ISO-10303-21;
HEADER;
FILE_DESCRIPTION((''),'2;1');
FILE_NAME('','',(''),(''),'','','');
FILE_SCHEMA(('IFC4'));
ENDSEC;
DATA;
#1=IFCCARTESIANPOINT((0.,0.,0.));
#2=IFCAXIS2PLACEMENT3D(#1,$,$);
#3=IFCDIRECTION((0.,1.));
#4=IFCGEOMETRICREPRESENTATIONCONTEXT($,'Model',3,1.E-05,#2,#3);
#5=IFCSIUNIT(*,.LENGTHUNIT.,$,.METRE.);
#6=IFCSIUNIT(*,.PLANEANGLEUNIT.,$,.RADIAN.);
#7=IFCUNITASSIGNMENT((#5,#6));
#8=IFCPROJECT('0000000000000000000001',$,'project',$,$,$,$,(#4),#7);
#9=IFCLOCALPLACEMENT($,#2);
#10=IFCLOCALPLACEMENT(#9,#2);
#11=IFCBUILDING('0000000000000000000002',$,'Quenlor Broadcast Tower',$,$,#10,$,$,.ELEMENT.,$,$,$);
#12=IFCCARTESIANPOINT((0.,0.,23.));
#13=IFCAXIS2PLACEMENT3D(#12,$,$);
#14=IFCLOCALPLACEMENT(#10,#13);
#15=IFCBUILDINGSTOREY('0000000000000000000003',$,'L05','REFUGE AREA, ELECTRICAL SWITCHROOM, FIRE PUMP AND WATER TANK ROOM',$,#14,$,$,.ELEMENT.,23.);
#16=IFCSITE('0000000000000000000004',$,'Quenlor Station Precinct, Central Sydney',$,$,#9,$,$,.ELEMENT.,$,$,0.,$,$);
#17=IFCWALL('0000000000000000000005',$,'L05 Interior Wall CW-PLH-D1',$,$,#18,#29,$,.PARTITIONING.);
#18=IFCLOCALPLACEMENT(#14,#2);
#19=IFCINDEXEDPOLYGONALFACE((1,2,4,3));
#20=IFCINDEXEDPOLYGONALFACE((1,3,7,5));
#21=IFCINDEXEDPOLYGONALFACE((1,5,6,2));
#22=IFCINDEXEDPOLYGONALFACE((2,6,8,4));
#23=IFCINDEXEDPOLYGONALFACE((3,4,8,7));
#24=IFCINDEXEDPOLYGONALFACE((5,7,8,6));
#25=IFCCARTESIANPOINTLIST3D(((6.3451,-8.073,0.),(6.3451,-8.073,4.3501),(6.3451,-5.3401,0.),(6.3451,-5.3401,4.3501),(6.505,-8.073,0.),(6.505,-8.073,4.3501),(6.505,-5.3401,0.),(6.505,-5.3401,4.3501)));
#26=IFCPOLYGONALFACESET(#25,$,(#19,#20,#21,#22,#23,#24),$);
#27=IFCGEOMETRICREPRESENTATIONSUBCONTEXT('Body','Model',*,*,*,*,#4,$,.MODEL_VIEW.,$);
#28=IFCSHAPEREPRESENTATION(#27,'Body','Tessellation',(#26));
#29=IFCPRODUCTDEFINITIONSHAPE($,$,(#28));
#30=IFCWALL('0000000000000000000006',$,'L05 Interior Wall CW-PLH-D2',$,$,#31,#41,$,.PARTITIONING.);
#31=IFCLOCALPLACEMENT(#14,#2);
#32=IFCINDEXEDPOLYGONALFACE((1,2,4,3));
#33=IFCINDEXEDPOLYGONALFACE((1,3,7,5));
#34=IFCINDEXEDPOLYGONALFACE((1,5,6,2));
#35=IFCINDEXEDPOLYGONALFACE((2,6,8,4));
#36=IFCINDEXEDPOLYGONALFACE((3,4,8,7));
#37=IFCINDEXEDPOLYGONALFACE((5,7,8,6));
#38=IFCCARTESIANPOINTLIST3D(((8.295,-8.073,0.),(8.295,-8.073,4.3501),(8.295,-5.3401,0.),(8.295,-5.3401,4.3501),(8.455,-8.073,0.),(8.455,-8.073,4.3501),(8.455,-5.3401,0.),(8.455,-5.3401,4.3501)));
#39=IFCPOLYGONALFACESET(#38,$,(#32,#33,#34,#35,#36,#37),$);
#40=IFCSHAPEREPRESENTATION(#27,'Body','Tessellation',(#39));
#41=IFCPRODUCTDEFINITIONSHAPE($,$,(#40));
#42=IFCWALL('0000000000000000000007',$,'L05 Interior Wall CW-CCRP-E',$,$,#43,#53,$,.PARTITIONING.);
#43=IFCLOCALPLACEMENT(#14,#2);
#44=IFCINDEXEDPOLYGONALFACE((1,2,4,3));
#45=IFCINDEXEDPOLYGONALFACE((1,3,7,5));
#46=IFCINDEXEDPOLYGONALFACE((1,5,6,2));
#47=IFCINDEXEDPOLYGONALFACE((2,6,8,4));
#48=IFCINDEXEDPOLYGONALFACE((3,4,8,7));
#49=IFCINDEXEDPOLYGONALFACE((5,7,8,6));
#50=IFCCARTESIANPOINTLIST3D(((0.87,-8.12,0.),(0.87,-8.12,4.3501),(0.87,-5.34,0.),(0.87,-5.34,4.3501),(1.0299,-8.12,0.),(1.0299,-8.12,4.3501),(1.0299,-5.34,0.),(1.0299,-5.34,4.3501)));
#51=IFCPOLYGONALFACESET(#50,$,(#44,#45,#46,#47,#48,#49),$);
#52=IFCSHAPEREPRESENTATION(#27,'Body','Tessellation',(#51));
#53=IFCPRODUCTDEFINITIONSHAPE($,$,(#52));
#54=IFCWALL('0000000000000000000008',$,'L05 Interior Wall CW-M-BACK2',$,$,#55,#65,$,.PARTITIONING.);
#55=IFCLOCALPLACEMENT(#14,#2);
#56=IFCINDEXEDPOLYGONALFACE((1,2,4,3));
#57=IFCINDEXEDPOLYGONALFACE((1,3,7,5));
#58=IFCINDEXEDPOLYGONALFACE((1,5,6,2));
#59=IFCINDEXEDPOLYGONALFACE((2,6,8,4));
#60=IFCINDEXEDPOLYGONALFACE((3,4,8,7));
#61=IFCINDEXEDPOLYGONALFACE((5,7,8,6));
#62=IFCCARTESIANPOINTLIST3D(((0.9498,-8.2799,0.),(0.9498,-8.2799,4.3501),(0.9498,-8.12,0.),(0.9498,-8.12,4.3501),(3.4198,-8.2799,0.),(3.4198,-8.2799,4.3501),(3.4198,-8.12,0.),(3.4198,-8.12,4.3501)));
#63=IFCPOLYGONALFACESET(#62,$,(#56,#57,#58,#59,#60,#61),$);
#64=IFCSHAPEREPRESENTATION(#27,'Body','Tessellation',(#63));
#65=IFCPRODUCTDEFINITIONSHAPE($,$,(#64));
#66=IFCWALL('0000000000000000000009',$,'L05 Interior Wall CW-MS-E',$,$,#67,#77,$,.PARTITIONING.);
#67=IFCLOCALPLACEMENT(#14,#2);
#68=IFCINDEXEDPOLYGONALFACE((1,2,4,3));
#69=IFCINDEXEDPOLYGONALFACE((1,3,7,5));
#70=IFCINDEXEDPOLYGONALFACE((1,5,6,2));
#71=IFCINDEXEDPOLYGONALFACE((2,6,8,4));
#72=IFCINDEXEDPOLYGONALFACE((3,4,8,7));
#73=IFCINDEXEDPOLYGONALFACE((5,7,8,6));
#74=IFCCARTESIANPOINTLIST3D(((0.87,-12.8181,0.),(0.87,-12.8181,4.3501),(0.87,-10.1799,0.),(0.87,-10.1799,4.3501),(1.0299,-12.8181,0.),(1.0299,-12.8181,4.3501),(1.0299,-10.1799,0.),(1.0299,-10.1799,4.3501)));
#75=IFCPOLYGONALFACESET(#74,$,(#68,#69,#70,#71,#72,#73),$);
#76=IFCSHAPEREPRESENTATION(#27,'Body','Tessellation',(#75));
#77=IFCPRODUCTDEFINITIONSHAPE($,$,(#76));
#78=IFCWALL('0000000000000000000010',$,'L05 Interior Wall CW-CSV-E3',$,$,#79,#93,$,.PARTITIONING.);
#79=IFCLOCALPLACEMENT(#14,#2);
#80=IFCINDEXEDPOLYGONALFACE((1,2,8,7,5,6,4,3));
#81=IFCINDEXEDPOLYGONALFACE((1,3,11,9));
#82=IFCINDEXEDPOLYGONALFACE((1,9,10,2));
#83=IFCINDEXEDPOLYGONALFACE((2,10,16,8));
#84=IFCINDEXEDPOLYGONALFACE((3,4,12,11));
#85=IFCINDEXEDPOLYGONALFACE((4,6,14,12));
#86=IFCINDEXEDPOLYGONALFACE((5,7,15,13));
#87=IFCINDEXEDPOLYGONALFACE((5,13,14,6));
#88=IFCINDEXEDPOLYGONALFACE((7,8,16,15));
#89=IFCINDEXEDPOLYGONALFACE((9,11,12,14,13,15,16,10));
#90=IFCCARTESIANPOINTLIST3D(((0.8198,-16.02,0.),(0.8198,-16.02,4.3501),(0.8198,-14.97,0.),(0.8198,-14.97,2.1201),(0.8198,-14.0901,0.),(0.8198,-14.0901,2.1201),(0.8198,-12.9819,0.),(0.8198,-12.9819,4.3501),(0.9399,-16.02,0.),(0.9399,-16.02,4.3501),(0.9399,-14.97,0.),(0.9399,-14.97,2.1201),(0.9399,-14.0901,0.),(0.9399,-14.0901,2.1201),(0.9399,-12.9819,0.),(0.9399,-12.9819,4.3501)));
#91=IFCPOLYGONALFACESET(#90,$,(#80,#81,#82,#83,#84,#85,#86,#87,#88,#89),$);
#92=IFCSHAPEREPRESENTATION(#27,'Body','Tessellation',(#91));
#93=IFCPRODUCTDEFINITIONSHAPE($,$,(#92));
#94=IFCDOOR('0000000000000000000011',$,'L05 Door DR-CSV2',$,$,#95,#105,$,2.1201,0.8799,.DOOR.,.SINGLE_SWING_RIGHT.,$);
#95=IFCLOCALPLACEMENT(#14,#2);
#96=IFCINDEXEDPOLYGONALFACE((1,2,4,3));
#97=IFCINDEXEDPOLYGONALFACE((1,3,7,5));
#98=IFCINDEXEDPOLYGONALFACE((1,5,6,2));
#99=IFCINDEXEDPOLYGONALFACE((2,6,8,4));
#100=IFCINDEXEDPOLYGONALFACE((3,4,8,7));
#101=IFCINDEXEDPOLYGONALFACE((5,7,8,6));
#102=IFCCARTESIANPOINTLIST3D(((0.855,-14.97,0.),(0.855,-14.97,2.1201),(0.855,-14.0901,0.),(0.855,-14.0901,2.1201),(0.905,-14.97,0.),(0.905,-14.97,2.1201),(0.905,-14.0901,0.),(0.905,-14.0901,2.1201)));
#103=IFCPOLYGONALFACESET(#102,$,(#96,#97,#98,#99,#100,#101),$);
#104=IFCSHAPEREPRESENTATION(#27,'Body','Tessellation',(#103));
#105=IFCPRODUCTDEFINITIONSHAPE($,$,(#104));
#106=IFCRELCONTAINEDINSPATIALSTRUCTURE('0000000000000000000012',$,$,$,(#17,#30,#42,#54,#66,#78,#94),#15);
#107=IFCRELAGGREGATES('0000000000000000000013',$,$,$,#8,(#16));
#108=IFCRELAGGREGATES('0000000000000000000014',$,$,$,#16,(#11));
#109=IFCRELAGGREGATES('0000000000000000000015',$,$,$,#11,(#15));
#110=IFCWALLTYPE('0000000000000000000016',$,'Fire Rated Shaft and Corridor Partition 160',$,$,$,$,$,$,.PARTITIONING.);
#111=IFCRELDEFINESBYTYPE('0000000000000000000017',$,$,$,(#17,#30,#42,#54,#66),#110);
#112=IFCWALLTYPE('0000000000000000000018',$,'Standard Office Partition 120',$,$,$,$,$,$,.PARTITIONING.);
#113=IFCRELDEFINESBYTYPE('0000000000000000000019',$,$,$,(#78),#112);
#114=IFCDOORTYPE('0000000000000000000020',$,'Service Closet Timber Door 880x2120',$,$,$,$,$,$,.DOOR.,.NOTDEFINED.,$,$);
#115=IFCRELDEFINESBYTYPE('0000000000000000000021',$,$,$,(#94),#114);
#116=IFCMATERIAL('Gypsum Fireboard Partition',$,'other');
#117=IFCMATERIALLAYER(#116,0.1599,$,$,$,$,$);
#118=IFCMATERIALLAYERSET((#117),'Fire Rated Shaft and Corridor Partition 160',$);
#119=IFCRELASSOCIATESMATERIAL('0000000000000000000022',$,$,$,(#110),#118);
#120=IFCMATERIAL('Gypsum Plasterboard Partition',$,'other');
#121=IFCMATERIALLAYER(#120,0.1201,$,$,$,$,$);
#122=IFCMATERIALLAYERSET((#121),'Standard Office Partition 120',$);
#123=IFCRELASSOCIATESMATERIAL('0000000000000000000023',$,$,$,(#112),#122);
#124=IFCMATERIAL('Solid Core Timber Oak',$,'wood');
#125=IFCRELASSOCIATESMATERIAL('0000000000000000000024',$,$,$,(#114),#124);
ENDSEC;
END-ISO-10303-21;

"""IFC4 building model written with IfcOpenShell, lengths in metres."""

from ifc_helpers import new_model, si_unit, direction, frame, frame_2d, origin, place, context, subcontext, project, spatial, rectangle, extrude, material, layer, layer_set, type_object, element, fill, save


model = new_model("IFC4")

# Units and contexts
model_context = context("Model", 3, precision=1e-05, world=origin(), true_north=direction((0.0, 1.0)))
body_context = subcontext(model_context, "Body", "Model", "MODEL_VIEW")
ifc_project = project(units=[si_unit("LENGTHUNIT", "METRE"), si_unit("PLANEANGLEUNIT", "RADIAN")], contexts=[model_context])

# Site, building, storey
site_placement = place(None, origin())
site = spatial("IfcSite", under=ifc_project, at=site_placement, Name="Quenlor Station Precinct, Central Sydney", CompositionType="ELEMENT", RefElevation=0.0)
building_placement = place(site_placement, origin())
building = spatial("IfcBuilding", under=site, at=building_placement, Name="Quenlor Broadcast Tower", CompositionType="ELEMENT")
storey_placement = place(building_placement, frame((0.0, 0.0, 23.0)))
storey = spatial("IfcBuildingStorey", under=building, at=storey_placement, Name="L05", Description="REFUGE AREA, ELECTRICAL SWITCHROOM, FIRE PUMP AND WATER TANK ROOM", CompositionType="ELEMENT", Elevation=23.0)

# Walls
ifc_material_1 = material(Name="Gypsum Fireboard Partition", Category="other")
ifc_layer_1 = layer(ifc_material_1, 0.1599)
ifc_layer_set_1 = layer_set([ifc_layer_1], Name="Fire Rated Shaft and Corridor Partition 160")
wall_type_1 = type_object("IfcWallType", Name="Fire Rated Shaft and Corridor Partition 160", PredefinedType="PARTITIONING", material=ifc_layer_set_1)
for number, where, z_axis, x_axis, name in (
    (1, (6.425, -8.073, 0.0), (0.0, 0.0, 1.0), (0.0, 1.0, 0.0), "L05 Interior Wall CW-PLH-D1"),
    (2, (8.375, -8.073, 0.0), (0.0, 0.0, 1.0), (0.0, 1.0, 0.0), "L05 Interior Wall CW-PLH-D2"),
):
    element("IfcWall", number, at=place(storey_placement, frame(where, z_axis=z_axis, x_axis=x_axis)), inside=storey, type_object=wall_type_1, Name=name, PredefinedType="PARTITIONING", context=body_context, shape_type="SweptSolid", body=[
        extrude(rectangle(XDim=2.7329, YDim=0.1599, at=frame_2d((1.3665, 0.0))), origin(), (0.0, 0.0, 1.0), 4.3501),
    ])
wall_1_placement = place(storey_placement, frame((0.95, -8.1201, 0.0), z_axis=(0.0, 0.0, 1.0), x_axis=(0.0, 1.0, 0.0)))
element("IfcWall", 3, at=wall_1_placement, inside=storey, type_object=wall_type_1, Name="L05 Interior Wall CW-CCRP-E", PredefinedType="PARTITIONING", context=body_context, shape_type="SweptSolid", body=[
    extrude(rectangle(XDim=2.78, YDim=0.1599, at=frame_2d((1.3901, 0.0))), origin(), (0.0, 0.0, 1.0), 4.3501),
])
wall_2_placement = place(storey_placement, frame((0.95, -8.2, 0.0), z_axis=(0.0, 0.0, 1.0), x_axis=(1.0, 0.0, 0.0)))
element("IfcWall", 4, at=wall_2_placement, inside=storey, type_object=wall_type_1, Name="L05 Interior Wall CW-M-BACK2", PredefinedType="PARTITIONING", context=body_context, shape_type="SweptSolid", body=[
    extrude(rectangle(XDim=2.47, YDim=0.1599, at=frame_2d((1.2349, 0.0))), origin(), (0.0, 0.0, 1.0), 4.3501),
])
wall_3_placement = place(storey_placement, frame((0.95, -12.8181, 0.0), z_axis=(0.0, 0.0, 1.0), x_axis=(0.0, 1.0, 0.0)))
element("IfcWall", 5, at=wall_3_placement, inside=storey, type_object=wall_type_1, Name="L05 Interior Wall CW-MS-E", PredefinedType="PARTITIONING", context=body_context, shape_type="SweptSolid", body=[
    extrude(rectangle(XDim=2.6382, YDim=0.1599, at=frame_2d((1.3191, 0.0))), origin(), (0.0, 0.0, 1.0), 4.3501),
])

# Wall, opening, door
ifc_material_2 = material(Name="Gypsum Plasterboard Partition", Category="other")
ifc_layer_2 = layer(ifc_material_2, 0.1201)
ifc_layer_set_2 = layer_set([ifc_layer_2], Name="Standard Office Partition 120")
wall_type_2 = type_object("IfcWallType", Name="Standard Office Partition 120", PredefinedType="PARTITIONING", material=ifc_layer_set_2)
wall_4_placement = place(storey_placement, frame((0.8799, -16.02, 0.0), z_axis=(0.0, 0.0, 1.0), x_axis=(0.0, 1.0, 0.0)))
wall_4 = element("IfcWall", 6, at=wall_4_placement, inside=storey, type_object=wall_type_2, Name="L05 Interior Wall CW-CSV-E3", PredefinedType="PARTITIONING", context=body_context, shape_type="SweptSolid", body=[
    extrude(rectangle(XDim=3.0381, YDim=0.1201, at=frame_2d((1.519, 0.0))), origin(), (0.0, 0.0, 1.0), 4.3501),
])
opening_1_placement = place(wall_4_placement, frame((1.05, 0.0, 0.0)))
opening_1 = element("IfcOpeningElement", 7, at=opening_1_placement, cuts=wall_4, PredefinedType="OPENING", context=body_context, shape_type="SweptSolid", body=[
    extrude(rectangle(XDim=0.8799, YDim=2.1201, at=frame_2d((0.4399, 1.0601))), frame((0.0, 0.0701, 0.0), z_axis=(0.0, -1.0, 0.0), x_axis=(1.0, 0.0, 0.0)), (0.0, 0.0, 1.0), 0.1401),
])
ifc_material_3 = material(Name="Solid Core Timber Oak", Category="wood")
door_type_1 = type_object("IfcDoorType", Name="Service Closet Timber Door 880x2120", OperationType="NOTDEFINED", PredefinedType="DOOR", material=ifc_material_3)
door_1_placement = place(opening_1_placement, origin())
door_1 = element("IfcDoor", 8, at=door_1_placement, inside=storey, type_object=door_type_1, Name="L05 Door DR-CSV2", OperationType="SINGLE_SWING_RIGHT", OverallHeight=2.1201, OverallWidth=0.8799, PredefinedType="DOOR", context=body_context, shape_type="SweptSolid", body=[
    extrude(rectangle(XDim=0.8799, YDim=2.1201, at=frame_2d((0.4399, 1.0601))), frame((0.0, 0.0249, 0.0), z_axis=(0.0, -1.0, 0.0), x_axis=(1.0, 0.0, 0.0)), (0.0, 0.0, 1.0), 0.05),
])
fill(opening_1, door_1)

save(model, "model.ifc")
